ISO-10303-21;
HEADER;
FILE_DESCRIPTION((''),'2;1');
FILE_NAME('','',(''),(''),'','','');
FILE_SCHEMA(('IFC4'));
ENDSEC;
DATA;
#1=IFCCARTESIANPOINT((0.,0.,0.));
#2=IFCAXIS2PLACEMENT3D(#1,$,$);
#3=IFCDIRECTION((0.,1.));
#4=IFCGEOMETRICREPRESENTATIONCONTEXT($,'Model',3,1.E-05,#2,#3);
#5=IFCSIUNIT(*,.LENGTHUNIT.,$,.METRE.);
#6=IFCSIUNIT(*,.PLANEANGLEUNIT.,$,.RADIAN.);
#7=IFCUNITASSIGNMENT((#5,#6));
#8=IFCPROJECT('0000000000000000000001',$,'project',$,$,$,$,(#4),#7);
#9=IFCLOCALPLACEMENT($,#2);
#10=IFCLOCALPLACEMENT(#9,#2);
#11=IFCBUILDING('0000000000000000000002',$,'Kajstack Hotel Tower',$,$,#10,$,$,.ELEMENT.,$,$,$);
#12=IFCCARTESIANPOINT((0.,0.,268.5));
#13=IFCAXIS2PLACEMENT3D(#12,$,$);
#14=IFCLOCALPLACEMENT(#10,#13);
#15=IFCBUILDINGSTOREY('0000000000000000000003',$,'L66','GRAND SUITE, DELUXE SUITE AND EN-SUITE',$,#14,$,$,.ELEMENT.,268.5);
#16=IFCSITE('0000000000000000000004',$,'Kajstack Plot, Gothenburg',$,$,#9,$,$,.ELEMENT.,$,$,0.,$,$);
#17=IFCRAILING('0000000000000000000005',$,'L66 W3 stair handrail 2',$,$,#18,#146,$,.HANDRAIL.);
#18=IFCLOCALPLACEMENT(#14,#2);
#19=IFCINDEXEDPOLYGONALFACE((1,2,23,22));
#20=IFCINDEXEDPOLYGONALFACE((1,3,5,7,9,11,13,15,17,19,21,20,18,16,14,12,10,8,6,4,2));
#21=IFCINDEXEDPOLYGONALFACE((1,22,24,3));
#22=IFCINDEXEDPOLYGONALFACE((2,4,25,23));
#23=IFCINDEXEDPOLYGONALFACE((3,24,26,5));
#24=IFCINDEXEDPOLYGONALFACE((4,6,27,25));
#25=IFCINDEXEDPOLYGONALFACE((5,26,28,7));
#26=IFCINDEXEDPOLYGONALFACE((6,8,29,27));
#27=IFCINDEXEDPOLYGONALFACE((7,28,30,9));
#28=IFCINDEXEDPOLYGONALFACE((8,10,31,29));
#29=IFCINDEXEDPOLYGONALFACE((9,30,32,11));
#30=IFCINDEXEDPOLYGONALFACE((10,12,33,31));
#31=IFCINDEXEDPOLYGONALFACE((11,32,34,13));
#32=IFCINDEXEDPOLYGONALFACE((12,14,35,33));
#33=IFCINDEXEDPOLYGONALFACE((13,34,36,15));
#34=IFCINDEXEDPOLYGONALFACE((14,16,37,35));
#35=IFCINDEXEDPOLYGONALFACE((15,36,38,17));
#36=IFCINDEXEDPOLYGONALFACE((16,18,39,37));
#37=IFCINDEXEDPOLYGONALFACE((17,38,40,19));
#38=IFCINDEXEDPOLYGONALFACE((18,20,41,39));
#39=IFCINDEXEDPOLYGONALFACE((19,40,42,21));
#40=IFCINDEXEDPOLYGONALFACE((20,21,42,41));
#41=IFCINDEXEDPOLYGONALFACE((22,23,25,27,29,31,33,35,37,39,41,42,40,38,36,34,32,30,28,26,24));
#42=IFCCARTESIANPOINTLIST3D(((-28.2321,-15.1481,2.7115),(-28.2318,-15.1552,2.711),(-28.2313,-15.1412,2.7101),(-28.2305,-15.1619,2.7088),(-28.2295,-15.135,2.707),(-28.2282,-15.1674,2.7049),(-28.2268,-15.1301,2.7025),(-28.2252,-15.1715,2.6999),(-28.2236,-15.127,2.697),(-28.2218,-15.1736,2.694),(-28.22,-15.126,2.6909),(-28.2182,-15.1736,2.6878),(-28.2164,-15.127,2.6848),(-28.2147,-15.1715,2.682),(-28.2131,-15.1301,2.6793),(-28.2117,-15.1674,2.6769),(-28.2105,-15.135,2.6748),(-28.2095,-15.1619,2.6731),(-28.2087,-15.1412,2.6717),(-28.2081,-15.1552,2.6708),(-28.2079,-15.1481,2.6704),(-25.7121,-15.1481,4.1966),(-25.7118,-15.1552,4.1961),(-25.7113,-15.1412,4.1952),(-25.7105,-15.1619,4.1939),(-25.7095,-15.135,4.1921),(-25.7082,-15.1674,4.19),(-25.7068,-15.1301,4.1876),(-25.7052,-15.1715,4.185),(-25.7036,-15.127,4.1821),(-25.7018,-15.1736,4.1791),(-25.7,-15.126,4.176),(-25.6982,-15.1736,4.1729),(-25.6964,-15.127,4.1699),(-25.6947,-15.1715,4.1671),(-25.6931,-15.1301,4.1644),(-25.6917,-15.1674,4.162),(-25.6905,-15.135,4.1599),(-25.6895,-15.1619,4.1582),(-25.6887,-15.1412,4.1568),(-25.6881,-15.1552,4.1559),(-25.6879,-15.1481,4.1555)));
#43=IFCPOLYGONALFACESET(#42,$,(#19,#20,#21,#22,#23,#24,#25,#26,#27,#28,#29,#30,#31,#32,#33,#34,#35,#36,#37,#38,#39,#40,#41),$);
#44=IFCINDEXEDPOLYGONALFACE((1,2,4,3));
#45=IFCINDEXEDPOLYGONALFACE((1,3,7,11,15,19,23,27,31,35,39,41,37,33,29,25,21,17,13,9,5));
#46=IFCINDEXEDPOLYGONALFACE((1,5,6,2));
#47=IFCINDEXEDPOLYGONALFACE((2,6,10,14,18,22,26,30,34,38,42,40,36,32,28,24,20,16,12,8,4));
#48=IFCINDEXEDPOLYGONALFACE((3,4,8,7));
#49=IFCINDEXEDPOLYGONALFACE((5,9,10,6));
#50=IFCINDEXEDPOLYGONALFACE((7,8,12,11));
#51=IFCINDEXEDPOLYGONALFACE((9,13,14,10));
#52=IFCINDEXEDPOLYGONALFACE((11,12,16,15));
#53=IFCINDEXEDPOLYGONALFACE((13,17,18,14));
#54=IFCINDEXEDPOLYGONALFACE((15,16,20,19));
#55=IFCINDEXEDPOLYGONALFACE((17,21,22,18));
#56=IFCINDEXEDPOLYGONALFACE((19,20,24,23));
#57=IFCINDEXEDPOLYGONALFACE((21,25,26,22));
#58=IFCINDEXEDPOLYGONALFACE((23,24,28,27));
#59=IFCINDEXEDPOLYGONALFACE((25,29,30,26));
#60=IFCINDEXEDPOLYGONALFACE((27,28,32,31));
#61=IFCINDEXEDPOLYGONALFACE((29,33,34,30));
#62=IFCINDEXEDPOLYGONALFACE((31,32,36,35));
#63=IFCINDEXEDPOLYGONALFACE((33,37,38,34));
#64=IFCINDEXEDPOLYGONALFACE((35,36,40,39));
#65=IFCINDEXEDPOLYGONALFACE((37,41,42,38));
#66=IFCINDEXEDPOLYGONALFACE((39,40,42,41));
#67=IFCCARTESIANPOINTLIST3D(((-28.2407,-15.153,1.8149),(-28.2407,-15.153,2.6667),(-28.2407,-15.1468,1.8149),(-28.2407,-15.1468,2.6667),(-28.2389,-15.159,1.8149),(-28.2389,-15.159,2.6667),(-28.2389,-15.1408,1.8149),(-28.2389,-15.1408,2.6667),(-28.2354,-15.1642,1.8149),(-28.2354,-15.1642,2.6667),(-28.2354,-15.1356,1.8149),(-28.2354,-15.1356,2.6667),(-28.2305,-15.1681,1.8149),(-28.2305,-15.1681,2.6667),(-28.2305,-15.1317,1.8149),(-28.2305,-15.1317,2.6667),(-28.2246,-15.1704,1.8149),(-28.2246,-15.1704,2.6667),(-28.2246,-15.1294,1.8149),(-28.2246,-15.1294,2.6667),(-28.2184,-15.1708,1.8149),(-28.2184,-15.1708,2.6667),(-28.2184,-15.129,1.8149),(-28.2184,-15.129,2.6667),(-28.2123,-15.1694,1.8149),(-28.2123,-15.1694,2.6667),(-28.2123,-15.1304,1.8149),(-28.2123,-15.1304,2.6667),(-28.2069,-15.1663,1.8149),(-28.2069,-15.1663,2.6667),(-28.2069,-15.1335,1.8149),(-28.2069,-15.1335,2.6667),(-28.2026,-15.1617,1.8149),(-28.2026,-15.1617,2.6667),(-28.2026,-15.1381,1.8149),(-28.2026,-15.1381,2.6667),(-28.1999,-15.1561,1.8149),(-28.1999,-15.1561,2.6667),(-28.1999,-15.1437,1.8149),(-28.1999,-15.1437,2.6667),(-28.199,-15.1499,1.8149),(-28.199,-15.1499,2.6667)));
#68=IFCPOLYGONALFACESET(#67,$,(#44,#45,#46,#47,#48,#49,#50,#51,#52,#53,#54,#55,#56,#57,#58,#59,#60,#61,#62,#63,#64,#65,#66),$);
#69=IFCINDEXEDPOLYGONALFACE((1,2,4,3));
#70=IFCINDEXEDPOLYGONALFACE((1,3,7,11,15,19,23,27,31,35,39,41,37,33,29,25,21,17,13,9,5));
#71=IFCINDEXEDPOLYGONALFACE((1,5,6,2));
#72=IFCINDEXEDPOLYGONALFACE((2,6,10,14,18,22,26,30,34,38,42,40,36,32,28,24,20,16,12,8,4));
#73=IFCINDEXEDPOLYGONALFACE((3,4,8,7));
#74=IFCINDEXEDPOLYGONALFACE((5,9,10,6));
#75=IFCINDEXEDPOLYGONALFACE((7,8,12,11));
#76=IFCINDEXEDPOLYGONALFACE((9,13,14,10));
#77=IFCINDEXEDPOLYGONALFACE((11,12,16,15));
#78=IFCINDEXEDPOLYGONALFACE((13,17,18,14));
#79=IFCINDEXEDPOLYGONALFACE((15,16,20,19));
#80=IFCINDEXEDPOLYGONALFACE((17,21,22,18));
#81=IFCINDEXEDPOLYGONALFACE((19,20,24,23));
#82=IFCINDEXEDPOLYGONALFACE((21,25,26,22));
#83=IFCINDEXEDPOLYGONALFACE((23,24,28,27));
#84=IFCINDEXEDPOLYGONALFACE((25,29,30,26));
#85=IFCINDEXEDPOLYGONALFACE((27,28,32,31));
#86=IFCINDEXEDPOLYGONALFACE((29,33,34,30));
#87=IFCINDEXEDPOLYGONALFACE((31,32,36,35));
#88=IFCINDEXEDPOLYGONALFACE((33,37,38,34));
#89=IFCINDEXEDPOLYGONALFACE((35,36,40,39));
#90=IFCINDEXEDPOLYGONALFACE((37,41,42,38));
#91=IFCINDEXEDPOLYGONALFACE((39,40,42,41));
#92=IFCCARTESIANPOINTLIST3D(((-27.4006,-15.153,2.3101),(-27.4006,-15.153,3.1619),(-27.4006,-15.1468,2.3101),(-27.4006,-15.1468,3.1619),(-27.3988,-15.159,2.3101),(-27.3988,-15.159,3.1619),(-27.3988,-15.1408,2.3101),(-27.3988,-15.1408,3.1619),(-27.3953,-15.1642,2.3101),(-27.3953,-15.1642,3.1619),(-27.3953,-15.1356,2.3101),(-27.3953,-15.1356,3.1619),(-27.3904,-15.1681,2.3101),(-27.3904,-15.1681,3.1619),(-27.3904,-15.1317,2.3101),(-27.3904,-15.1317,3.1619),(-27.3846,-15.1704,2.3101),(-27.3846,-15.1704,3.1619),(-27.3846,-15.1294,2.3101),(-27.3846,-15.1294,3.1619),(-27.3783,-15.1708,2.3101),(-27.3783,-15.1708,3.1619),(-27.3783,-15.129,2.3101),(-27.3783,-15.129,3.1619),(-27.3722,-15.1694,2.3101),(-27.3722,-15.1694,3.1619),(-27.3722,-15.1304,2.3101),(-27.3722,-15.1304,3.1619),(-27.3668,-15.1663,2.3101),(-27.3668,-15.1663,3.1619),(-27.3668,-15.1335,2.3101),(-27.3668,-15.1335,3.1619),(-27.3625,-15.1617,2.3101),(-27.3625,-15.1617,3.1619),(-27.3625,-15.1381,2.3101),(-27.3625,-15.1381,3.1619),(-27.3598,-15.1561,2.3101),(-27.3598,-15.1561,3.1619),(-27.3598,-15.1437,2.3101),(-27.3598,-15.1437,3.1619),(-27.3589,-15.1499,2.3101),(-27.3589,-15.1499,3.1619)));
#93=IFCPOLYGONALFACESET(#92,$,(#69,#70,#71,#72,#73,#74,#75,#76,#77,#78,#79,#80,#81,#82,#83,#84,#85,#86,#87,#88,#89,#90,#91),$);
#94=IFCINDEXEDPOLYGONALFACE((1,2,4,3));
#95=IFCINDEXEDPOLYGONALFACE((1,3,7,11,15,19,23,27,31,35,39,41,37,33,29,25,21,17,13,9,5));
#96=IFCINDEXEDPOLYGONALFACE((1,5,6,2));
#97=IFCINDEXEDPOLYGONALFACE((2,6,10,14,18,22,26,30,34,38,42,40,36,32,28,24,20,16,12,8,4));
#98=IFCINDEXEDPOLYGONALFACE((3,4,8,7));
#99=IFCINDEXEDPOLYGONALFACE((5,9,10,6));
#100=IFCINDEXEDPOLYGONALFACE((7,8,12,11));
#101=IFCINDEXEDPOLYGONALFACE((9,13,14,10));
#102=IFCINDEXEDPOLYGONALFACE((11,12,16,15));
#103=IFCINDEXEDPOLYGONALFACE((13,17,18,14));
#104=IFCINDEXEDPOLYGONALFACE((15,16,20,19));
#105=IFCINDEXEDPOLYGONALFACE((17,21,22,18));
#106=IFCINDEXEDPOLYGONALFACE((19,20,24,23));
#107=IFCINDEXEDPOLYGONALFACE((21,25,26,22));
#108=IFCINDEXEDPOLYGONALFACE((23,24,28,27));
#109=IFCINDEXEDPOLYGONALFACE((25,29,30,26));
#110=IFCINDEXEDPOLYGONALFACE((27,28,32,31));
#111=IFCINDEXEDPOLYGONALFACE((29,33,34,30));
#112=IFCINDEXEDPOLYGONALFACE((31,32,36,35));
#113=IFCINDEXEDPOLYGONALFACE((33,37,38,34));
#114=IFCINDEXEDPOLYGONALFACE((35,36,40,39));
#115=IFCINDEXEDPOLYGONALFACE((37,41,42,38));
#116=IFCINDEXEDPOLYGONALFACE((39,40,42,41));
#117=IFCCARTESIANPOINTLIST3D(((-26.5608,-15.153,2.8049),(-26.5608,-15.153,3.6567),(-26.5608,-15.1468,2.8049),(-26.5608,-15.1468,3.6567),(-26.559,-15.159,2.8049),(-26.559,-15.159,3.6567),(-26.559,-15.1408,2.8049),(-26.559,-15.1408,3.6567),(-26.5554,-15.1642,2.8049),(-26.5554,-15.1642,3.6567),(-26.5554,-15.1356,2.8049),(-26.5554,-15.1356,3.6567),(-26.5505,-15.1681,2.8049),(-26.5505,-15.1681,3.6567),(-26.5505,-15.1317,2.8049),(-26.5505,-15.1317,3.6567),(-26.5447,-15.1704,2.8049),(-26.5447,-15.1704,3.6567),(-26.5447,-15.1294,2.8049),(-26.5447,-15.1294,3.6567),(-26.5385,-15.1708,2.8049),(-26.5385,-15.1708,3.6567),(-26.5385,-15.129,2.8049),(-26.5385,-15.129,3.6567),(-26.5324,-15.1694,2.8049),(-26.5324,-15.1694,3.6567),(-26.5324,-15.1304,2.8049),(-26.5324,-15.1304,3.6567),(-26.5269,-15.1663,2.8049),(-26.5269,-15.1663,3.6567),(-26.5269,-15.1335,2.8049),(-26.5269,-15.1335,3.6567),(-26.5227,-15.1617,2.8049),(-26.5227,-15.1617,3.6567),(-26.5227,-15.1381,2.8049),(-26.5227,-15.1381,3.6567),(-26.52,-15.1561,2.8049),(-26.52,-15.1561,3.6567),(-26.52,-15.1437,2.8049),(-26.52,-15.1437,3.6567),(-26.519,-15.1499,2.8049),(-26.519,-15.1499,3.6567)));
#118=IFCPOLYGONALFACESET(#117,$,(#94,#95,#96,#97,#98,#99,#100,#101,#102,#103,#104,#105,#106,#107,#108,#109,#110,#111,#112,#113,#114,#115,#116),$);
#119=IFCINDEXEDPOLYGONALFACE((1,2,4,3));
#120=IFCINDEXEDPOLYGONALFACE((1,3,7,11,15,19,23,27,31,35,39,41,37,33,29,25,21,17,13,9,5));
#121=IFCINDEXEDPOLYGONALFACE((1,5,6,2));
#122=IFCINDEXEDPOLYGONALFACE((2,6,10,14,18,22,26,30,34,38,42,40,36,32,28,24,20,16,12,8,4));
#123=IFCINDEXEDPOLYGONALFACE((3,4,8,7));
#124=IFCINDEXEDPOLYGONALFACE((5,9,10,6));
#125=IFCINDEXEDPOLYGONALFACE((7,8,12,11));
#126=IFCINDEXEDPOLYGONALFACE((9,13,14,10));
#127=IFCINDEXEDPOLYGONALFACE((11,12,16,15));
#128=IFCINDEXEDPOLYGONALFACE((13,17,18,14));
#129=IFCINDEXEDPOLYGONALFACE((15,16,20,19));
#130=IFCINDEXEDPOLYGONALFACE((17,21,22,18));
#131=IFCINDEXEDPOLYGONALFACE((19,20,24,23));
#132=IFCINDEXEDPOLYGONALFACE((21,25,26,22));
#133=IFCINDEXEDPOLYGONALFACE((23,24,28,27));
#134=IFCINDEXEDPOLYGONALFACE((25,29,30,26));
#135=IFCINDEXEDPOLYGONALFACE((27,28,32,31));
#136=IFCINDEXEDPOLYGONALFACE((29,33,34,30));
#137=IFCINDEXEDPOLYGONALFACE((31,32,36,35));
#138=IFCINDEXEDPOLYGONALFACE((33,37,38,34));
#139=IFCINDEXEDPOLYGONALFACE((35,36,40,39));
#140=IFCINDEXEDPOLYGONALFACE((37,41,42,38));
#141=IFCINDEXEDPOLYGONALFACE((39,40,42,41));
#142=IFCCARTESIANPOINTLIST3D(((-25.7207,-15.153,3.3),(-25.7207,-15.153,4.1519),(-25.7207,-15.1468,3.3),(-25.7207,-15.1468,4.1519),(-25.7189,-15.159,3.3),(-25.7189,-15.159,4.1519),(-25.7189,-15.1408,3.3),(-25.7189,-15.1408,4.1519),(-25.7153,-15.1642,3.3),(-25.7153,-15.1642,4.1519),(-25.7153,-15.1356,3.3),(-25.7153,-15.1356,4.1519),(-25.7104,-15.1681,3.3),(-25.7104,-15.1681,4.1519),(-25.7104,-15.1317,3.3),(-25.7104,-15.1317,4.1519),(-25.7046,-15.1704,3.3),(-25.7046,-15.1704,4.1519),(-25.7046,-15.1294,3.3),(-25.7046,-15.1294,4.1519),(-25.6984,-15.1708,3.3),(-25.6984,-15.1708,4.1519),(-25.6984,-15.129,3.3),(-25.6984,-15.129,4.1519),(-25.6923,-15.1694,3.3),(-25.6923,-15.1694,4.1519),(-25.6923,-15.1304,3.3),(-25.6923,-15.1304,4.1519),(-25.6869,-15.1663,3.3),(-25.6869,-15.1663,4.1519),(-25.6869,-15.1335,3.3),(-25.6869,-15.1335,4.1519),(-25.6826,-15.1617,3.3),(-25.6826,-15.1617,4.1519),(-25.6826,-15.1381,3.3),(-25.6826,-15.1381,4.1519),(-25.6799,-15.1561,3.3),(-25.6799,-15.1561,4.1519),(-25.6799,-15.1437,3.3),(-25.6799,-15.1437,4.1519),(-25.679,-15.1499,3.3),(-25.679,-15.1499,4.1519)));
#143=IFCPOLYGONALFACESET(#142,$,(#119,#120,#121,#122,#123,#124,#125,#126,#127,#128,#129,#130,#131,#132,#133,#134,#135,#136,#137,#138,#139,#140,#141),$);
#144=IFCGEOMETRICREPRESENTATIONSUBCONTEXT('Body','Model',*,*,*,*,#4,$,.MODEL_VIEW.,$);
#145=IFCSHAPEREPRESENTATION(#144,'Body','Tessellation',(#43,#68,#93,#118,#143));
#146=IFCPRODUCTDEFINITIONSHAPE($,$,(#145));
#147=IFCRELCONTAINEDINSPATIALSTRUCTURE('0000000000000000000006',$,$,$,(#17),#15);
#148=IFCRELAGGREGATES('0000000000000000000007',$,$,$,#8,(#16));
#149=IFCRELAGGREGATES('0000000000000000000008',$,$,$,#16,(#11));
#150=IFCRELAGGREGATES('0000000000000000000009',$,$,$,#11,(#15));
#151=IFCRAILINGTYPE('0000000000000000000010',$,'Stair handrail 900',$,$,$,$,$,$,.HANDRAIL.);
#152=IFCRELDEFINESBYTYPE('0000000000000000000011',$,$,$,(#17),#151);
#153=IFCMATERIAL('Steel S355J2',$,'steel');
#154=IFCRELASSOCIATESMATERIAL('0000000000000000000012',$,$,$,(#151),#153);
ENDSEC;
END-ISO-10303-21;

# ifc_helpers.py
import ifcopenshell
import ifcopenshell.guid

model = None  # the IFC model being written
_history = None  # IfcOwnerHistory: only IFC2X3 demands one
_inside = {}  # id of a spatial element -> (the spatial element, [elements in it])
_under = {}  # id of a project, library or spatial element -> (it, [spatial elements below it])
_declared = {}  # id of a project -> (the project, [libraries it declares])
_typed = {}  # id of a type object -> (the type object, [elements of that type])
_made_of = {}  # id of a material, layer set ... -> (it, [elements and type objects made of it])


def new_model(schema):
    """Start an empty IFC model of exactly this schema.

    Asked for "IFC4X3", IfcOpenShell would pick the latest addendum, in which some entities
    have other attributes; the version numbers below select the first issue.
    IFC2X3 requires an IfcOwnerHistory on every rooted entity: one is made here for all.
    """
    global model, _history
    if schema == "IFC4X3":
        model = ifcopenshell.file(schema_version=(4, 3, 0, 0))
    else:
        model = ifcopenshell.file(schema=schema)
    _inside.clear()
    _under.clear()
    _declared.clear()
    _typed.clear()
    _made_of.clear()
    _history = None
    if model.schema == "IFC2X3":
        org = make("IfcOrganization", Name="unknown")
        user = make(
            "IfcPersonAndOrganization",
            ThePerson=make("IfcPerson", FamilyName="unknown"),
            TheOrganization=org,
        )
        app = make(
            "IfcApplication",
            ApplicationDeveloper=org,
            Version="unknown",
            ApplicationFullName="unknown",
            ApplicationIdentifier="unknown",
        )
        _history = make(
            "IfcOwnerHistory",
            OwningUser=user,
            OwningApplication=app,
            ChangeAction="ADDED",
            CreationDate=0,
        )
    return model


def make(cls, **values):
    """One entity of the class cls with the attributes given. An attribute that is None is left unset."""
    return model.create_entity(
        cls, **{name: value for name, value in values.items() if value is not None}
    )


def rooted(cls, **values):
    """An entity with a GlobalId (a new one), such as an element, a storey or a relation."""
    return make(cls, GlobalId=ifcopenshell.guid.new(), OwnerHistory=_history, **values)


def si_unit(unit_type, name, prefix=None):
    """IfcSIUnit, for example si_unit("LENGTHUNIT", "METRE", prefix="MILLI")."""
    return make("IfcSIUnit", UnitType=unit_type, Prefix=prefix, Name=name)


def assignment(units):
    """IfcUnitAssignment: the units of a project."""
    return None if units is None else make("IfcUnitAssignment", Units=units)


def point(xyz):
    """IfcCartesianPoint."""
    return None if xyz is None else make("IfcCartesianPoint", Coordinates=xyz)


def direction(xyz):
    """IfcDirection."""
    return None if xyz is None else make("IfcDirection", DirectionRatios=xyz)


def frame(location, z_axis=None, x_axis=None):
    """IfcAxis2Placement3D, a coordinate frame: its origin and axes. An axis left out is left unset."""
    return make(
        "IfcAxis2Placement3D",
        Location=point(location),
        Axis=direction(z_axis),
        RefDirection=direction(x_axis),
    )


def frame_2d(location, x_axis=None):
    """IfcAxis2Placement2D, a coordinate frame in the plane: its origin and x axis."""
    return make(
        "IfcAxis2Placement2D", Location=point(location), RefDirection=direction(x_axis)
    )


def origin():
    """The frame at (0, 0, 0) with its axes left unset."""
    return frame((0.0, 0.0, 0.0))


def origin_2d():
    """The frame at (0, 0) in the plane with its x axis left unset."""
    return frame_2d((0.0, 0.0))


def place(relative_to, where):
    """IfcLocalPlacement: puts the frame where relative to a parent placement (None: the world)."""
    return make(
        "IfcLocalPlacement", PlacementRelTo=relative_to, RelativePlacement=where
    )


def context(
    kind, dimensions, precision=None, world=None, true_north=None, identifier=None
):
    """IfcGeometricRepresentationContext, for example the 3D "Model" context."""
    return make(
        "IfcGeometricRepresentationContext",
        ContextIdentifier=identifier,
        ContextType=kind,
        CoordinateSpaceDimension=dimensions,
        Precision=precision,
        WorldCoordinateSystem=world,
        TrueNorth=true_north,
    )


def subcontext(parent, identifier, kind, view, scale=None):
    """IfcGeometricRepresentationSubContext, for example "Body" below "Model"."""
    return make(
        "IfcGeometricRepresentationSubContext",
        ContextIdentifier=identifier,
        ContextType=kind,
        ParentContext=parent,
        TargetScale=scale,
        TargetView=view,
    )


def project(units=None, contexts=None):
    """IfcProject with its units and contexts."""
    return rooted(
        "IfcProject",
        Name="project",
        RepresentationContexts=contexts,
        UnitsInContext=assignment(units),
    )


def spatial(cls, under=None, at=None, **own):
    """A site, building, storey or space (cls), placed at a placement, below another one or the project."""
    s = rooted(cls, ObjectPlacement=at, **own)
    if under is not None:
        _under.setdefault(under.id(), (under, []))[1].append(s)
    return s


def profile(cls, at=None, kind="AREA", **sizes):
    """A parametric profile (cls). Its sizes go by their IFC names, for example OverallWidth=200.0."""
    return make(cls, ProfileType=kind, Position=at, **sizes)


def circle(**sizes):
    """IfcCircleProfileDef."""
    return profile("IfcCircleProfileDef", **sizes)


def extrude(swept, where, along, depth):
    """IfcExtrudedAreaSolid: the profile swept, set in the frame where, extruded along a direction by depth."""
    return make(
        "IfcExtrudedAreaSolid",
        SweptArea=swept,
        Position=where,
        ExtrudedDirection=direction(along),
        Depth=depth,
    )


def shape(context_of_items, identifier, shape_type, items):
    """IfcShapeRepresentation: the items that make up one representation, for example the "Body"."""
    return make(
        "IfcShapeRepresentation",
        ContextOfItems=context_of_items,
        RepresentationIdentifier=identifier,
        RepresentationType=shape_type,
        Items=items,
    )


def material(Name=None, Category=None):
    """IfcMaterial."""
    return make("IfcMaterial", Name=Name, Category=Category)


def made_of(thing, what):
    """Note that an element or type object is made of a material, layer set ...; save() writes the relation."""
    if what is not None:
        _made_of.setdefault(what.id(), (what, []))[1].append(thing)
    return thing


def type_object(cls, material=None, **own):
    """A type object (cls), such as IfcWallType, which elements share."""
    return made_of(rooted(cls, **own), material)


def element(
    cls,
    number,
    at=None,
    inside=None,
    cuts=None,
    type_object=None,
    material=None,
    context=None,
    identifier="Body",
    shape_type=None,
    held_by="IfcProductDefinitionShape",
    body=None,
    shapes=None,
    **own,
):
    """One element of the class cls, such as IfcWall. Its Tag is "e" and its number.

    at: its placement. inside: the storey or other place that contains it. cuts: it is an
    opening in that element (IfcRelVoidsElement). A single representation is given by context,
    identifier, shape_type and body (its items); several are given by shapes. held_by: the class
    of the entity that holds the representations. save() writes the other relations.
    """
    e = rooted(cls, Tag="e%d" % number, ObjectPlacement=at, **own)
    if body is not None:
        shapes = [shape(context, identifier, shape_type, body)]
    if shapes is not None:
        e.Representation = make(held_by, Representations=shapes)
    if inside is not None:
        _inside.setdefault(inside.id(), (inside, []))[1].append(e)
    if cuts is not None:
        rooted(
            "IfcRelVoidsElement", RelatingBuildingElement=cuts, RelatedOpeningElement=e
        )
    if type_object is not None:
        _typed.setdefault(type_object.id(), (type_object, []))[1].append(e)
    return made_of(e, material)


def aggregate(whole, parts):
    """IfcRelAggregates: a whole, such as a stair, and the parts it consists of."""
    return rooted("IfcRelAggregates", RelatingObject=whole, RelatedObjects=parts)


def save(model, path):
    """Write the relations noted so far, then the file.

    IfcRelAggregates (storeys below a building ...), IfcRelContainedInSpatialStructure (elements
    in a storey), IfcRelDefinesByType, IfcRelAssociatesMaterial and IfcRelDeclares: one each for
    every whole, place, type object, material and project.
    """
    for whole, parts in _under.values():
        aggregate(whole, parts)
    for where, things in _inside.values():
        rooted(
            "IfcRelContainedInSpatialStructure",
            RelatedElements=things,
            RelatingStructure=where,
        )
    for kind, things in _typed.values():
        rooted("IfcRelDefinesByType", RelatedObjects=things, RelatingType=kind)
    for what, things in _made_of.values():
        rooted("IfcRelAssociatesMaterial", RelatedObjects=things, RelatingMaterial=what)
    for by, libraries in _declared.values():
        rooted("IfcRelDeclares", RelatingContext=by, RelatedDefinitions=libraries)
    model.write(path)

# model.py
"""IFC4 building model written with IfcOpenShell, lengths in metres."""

from ifc_helpers import new_model, si_unit, direction, frame, origin, origin_2d, place, context, subcontext, project, spatial, circle, extrude, material, type_object, element, save


model = new_model("IFC4")

# Units and contexts
model_context = context("Model", 3, precision=1e-05, world=origin(), true_north=direction((0.0, 1.0)))
body_context = subcontext(model_context, "Body", "Model", "MODEL_VIEW")
ifc_project = project(units=[si_unit("LENGTHUNIT", "METRE"), si_unit("PLANEANGLEUNIT", "RADIAN")], contexts=[model_context])

# Site, building, storey
site_placement = place(None, origin())
site = spatial("IfcSite", under=ifc_project, at=site_placement, Name="Kajstack Plot, Gothenburg", CompositionType="ELEMENT", RefElevation=0.0)
building_placement = place(site_placement, origin())
building = spatial("IfcBuilding", under=site, at=building_placement, Name="Kajstack Hotel Tower", CompositionType="ELEMENT")
storey_placement = place(building_placement, frame((0.0, 0.0, 268.5)))
storey = spatial("IfcBuildingStorey", under=building, at=storey_placement, Name="L66", Description="GRAND SUITE, DELUXE SUITE AND EN-SUITE", CompositionType="ELEMENT", Elevation=268.5)

# Railing
ifc_material_1 = material(Name="Steel S355J2", Category="steel")
railing_type_1 = type_object("IfcRailingType", Name="Stair handrail 900", PredefinedType="HANDRAIL", material=ifc_material_1)
railing_1_placement = place(storey_placement, frame((-28.22, -15.1499, 1.8149)))
element("IfcRailing", 1, at=railing_1_placement, inside=storey, type_object=railing_type_1, Name="L66 W3 stair handrail 2", PredefinedType="HANDRAIL", context=body_context, shape_type="SweptSolid", body=[
    extrude(circle(Radius=0.0239, at=origin_2d()), frame((0.0, 0.0, 0.876), z_axis=(0.861524, 0.0, 0.507717), x_axis=(0.0, 1.0, 0.0)), (0.0, 0.0, 1.0), 2.925),
    extrude(circle(Radius=0.021, at=origin_2d()), origin(), (0.0, 0.0, 1.0), 0.8518),
    extrude(circle(Radius=0.021, at=origin_2d()), frame((0.8401, 0.0, 0.4951)), (0.0, 0.0, 1.0), 0.8518),
    extrude(circle(Radius=0.021, at=origin_2d()), frame((1.6799, 0.0, 0.99)), (0.0, 0.0, 1.0), 0.8518),
    extrude(circle(Radius=0.021, at=origin_2d()), frame((2.52, 0.0, 1.4851)), (0.0, 0.0, 1.0), 0.8518),
])

save(model, "model.ifc")
